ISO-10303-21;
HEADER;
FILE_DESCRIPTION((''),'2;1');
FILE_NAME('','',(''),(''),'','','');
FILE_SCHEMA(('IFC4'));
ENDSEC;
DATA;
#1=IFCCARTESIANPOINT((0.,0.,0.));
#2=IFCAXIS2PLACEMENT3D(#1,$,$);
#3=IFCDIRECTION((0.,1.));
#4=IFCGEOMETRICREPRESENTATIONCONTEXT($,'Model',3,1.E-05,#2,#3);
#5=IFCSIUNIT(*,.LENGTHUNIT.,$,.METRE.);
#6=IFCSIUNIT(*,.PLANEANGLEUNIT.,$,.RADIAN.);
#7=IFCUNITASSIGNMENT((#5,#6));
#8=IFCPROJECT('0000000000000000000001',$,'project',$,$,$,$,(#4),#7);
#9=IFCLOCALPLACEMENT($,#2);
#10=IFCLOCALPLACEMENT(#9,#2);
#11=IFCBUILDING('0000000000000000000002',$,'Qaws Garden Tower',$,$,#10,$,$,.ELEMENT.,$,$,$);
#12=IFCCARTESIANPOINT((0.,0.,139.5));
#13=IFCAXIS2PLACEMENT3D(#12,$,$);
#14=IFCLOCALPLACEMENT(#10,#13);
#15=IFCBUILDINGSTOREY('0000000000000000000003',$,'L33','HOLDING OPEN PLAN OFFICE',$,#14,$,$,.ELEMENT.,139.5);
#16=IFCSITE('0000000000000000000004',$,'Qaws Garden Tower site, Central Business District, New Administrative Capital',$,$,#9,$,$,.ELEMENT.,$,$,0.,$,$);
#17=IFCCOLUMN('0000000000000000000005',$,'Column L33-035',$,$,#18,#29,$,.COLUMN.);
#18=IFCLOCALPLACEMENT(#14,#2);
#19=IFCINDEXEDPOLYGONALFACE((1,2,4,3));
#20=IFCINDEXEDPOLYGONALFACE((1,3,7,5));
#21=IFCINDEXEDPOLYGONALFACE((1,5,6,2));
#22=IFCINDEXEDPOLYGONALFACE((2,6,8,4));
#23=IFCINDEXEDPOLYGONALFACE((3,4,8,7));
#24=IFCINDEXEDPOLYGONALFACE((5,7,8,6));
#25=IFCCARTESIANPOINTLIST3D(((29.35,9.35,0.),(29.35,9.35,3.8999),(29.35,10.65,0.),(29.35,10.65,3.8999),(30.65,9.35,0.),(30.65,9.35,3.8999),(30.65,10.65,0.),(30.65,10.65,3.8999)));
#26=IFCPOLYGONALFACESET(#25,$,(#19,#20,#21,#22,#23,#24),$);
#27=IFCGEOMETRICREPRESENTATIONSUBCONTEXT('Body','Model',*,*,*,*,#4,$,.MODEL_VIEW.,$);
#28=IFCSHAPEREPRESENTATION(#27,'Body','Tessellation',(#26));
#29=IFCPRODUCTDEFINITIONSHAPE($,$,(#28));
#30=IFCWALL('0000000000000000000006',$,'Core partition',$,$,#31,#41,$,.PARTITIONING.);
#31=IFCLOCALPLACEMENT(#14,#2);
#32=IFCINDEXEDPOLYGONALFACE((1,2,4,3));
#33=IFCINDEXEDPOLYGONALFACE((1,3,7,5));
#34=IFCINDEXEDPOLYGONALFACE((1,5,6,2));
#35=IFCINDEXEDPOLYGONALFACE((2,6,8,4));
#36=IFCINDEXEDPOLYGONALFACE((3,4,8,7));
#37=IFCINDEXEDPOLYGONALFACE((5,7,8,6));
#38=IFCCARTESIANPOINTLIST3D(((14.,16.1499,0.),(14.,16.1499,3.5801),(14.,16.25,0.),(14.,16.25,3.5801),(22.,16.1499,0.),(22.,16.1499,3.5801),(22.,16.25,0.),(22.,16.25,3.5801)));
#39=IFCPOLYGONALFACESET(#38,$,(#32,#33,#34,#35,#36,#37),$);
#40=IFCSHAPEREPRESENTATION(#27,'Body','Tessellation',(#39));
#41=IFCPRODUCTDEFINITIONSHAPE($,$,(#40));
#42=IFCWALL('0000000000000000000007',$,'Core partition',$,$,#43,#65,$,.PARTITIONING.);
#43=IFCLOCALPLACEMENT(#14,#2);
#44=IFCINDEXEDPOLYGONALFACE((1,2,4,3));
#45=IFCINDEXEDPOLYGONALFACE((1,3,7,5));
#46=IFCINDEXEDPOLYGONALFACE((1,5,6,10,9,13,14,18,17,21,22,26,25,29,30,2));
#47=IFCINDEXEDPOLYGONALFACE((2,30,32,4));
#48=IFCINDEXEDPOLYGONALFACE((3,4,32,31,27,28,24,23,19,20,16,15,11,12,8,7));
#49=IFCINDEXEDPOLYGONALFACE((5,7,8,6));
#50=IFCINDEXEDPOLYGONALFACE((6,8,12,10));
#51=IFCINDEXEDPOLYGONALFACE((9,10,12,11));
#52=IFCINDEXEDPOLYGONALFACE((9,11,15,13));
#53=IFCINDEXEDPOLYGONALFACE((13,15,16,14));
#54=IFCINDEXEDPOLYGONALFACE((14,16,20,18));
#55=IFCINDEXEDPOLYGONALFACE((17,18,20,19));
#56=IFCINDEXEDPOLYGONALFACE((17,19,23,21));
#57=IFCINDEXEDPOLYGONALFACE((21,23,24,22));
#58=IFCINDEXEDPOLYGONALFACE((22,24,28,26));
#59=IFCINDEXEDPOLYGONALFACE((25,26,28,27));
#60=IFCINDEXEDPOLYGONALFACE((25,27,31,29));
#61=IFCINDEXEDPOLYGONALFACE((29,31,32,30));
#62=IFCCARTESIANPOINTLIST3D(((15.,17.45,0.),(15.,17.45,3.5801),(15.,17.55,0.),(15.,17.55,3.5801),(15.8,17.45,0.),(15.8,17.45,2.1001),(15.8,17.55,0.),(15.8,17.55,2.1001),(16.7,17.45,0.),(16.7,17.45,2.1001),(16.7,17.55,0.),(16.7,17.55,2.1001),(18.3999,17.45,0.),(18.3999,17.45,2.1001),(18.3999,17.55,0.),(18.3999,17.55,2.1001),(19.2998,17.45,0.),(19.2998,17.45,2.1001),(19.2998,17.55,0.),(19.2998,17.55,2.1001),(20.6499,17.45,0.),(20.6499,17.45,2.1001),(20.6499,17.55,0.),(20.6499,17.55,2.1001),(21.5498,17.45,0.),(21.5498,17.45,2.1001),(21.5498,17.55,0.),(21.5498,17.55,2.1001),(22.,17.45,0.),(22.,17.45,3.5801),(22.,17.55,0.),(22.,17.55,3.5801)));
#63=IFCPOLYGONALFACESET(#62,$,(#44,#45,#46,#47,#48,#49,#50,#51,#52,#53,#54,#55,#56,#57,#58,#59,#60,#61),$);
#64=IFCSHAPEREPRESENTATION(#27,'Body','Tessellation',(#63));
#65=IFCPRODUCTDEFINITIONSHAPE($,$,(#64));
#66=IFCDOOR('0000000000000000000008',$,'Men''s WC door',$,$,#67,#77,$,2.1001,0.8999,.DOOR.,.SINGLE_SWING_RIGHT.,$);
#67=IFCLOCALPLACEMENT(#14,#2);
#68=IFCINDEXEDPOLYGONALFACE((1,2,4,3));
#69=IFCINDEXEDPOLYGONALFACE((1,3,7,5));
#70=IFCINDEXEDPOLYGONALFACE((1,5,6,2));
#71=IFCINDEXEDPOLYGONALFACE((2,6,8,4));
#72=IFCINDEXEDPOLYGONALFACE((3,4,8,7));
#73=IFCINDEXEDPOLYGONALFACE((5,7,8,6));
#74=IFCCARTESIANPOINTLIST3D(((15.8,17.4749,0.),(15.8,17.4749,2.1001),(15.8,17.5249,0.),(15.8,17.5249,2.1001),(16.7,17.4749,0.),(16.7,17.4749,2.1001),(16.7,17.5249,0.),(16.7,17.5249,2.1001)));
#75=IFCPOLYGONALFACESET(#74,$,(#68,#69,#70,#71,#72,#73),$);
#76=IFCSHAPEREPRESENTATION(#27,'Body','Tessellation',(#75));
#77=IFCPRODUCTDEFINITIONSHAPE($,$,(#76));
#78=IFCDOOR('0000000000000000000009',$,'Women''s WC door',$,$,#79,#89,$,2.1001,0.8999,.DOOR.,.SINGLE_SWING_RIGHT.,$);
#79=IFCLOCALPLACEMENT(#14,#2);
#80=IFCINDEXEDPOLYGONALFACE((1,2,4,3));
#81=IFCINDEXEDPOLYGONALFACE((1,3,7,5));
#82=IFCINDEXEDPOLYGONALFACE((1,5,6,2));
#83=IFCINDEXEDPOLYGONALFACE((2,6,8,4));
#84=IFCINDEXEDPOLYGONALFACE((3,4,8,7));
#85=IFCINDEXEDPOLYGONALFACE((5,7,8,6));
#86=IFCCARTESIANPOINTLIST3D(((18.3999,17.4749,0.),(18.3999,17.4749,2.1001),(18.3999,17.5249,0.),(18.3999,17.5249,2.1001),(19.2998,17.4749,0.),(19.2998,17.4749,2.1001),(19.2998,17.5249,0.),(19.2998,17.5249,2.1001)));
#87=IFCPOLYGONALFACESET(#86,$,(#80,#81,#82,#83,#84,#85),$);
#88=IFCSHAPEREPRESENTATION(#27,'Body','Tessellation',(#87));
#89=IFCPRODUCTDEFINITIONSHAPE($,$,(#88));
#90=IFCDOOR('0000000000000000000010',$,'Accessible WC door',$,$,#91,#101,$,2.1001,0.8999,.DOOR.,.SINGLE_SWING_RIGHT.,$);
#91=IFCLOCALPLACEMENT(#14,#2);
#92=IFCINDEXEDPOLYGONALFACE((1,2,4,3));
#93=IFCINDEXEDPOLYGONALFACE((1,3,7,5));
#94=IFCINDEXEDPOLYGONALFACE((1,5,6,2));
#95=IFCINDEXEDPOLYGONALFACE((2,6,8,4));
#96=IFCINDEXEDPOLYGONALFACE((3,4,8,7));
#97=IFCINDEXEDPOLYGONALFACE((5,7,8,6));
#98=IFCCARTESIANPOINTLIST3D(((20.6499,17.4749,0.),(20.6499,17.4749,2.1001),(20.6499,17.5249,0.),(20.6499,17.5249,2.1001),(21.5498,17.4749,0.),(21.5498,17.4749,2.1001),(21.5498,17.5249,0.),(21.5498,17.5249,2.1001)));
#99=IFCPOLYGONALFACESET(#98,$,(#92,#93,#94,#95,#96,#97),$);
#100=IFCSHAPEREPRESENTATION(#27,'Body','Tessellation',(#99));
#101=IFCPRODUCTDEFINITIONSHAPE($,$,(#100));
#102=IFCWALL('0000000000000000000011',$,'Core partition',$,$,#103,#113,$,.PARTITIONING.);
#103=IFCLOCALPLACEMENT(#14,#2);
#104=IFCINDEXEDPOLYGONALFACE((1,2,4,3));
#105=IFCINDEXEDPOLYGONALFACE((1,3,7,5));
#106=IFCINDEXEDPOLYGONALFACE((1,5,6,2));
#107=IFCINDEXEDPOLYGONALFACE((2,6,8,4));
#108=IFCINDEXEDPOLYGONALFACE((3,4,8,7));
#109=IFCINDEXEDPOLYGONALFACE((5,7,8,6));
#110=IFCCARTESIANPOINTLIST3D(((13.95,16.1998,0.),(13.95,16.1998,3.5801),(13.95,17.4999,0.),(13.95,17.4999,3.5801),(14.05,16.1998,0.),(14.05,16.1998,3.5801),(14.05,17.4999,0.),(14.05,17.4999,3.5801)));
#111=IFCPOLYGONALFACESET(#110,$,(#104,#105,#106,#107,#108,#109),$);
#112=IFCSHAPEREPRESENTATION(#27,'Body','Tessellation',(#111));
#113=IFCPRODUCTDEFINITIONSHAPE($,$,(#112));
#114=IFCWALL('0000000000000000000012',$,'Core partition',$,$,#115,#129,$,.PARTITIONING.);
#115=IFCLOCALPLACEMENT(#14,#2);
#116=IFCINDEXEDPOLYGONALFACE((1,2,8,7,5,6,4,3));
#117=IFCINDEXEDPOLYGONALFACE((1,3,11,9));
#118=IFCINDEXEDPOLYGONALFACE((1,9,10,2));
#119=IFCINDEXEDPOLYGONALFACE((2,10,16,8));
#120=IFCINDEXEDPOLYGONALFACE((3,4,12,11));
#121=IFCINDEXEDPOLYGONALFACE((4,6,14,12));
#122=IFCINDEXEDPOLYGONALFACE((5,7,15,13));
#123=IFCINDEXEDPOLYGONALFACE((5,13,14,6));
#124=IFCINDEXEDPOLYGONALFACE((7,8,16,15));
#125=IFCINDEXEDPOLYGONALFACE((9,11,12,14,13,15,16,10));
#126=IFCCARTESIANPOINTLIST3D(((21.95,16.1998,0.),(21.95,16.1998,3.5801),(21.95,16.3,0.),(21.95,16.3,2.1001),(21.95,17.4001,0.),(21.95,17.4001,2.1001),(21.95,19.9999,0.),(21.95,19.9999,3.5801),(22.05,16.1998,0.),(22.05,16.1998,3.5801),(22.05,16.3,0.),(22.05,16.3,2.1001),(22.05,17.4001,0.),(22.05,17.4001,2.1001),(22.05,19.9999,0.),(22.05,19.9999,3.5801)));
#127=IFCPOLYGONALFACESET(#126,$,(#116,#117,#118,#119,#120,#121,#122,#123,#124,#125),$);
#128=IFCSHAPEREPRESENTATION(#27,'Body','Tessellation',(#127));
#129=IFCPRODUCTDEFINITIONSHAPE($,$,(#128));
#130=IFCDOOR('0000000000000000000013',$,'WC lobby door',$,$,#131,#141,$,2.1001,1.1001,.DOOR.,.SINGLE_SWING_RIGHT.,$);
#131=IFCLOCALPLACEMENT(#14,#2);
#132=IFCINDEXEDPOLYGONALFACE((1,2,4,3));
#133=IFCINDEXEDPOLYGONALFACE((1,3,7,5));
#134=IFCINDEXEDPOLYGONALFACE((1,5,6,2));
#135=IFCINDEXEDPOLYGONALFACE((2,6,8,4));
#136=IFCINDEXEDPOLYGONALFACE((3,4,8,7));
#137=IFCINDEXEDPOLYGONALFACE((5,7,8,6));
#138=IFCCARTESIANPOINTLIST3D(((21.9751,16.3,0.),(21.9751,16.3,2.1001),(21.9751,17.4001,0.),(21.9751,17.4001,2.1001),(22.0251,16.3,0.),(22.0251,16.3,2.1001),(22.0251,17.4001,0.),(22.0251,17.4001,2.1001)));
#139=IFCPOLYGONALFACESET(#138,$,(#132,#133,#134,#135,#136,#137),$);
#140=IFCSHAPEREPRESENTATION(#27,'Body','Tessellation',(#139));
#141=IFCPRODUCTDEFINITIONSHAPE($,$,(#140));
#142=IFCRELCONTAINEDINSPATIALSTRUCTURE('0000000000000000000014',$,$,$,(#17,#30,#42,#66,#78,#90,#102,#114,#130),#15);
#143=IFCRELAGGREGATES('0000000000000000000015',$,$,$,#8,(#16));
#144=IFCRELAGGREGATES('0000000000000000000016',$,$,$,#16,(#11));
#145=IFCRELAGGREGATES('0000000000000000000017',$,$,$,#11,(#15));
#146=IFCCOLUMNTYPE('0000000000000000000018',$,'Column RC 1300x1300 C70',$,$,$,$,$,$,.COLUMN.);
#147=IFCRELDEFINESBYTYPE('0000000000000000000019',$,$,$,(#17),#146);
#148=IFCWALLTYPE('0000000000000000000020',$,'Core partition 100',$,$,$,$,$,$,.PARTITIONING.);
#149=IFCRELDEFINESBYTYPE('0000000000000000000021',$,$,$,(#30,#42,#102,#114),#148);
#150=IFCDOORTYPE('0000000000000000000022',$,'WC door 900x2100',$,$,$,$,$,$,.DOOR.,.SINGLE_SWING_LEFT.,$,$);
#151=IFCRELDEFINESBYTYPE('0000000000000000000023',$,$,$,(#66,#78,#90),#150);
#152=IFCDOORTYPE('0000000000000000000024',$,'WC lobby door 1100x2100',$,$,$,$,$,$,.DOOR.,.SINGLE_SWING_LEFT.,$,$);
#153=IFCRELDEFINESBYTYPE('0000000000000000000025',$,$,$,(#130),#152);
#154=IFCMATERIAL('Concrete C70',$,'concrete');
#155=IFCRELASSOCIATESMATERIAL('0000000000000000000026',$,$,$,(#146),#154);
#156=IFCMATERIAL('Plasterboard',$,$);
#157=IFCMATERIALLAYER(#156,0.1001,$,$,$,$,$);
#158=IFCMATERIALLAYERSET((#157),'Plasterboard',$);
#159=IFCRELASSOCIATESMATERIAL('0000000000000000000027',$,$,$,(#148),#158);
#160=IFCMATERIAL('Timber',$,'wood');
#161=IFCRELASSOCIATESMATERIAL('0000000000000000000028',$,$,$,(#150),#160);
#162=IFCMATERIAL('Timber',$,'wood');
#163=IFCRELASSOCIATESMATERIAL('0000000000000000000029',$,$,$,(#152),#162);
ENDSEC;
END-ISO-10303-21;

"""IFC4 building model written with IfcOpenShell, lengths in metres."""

from ifc_helpers import new_model, si_unit, direction, frame, frame_2d, origin, origin_2d, place, context, subcontext, project, spatial, rectangle, extrude, material, layer, layer_set, material_profile, profile_set, type_object, element, fill, save


model = new_model("IFC4")

# Units and contexts
model_context = context("Model", 3, precision=1e-05, world=origin(), true_north=direction((0.0, 1.0)))
body_context = subcontext(model_context, "Body", "Model", "MODEL_VIEW")
ifc_project = project(units=[si_unit("LENGTHUNIT", "METRE"), si_unit("PLANEANGLEUNIT", "RADIAN")], contexts=[model_context])

# Site, building, storey
site_placement = place(None, origin())
site = spatial("IfcSite", under=ifc_project, at=site_placement, Name="Qaws Garden Tower site, Central Business District, New Administrative Capital", CompositionType="ELEMENT", RefElevation=0.0)
building_placement = place(site_placement, origin())
building = spatial("IfcBuilding", under=site, at=building_placement, Name="Qaws Garden Tower", CompositionType="ELEMENT")
storey_placement = place(building_placement, frame((0.0, 0.0, 139.5)))
storey = spatial("IfcBuildingStorey", under=building, at=storey_placement, Name="L33", Description="HOLDING OPEN PLAN OFFICE", CompositionType="ELEMENT", Elevation=139.5)

# Column
ifc_material_1 = material(Name="Concrete C70", Category="concrete")
ifc_material_profile = material_profile(ifc_material_1, rectangle(XDim=1.3, YDim=1.3, at=origin_2d()), Name="RC 1300x1300")
ifc_profile_set = profile_set([ifc_material_profile], Name="Concrete C70")
column_type = type_object("IfcColumnType", Name="Column RC 1300x1300 C70", PredefinedType="COLUMN", material=ifc_profile_set)
column_placement = place(storey_placement, frame((30.0, 10.0, 0.0), z_axis=(0.0, 0.0, 1.0), x_axis=(1.0, 0.0, 0.0)))
element("IfcColumn", 1, at=column_placement, inside=storey, type_object=column_type, Name="Column L33-035", PredefinedType="COLUMN", context=body_context, shape_type="SweptSolid", body=[
    extrude(rectangle(XDim=1.3, YDim=1.3, at=origin_2d()), origin(), (0.0, 0.0, 1.0), 3.8999),
])

# Wall
ifc_material_2 = material(Name="Plasterboard")
ifc_layer_1 = layer(ifc_material_2, 0.1001)
ifc_layer_set_1 = layer_set([ifc_layer_1], Name="Plasterboard")
wall_type_1 = type_object("IfcWallType", Name="Core partition 100", PredefinedType="PARTITIONING", material=ifc_layer_set_1)
wall_1_placement = place(storey_placement, frame((14.0, 16.2, 0.0), z_axis=(0.0, 0.0, 1.0), x_axis=(1.0, 0.0, 0.0)))
element("IfcWall", 2, at=wall_1_placement, inside=storey, type_object=wall_type_1, Name="Core partition", PredefinedType="PARTITIONING", context=body_context, shape_type="SweptSolid", body=[
    extrude(rectangle(XDim=8.0, YDim=0.1001, at=frame_2d((4.0, 0.0))), origin(), (0.0, 0.0, 1.0), 3.5801),
])

# Wall, openings, doors
wall_2_placement = place(storey_placement, frame((15.0, 17.5, 0.0), z_axis=(0.0, 0.0, 1.0), x_axis=(1.0, 0.0, 0.0)))
wall_2 = element("IfcWall", 3, at=wall_2_placement, inside=storey, type_object=wall_type_1, Name="Core partition", PredefinedType="PARTITIONING", context=body_context, shape_type="SweptSolid", body=[
    extrude(rectangle(XDim=7.0, YDim=0.1001, at=frame_2d((3.5, 0.0))), origin(), (0.0, 0.0, 1.0), 3.5801),
])
opening_1_placement = place(wall_2_placement, frame((0.8, 0.0, 0.0)))
opening_1 = element("IfcOpeningElement", 4, at=opening_1_placement, cuts=wall_2, PredefinedType="OPENING", context=body_context, shape_type="SweptSolid", body=[
    extrude(rectangle(XDim=0.8999, YDim=2.1001, at=frame_2d((0.45, 1.05))), frame((0.0, 0.0601, 0.0), z_axis=(0.0, -1.0, 0.0), x_axis=(1.0, 0.0, 0.0)), (0.0, 0.0, 1.0), 0.1201),
])
opening_2_placement = place(wall_2_placement, frame((3.3999, 0.0, 0.0)))
opening_2 = element("IfcOpeningElement", 5, at=opening_2_placement, cuts=wall_2, PredefinedType="OPENING", context=body_context, shape_type="SweptSolid", body=[
    extrude(rectangle(XDim=0.8999, YDim=2.1001, at=frame_2d((0.45, 1.05))), frame((0.0, 0.0601, 0.0), z_axis=(0.0, -1.0, 0.0), x_axis=(1.0, 0.0, 0.0)), (0.0, 0.0, 1.0), 0.1201),
])
opening_3_placement = place(wall_2_placement, frame((5.6499, 0.0, 0.0)))
opening_3 = element("IfcOpeningElement", 6, at=opening_3_placement, cuts=wall_2, PredefinedType="OPENING", context=body_context, shape_type="SweptSolid", body=[
    extrude(rectangle(XDim=0.8999, YDim=2.1001, at=frame_2d((0.45, 1.05))), frame((0.0, 0.0601, 0.0), z_axis=(0.0, -1.0, 0.0), x_axis=(1.0, 0.0, 0.0)), (0.0, 0.0, 1.0), 0.1201),
])
ifc_material_3 = material(Name="Timber", Category="wood")
door_type_1 = type_object("IfcDoorType", Name="WC door 900x2100", OperationType="SINGLE_SWING_LEFT", PredefinedType="DOOR", material=ifc_material_3)
door_1_placement = place(opening_1_placement, origin())
door_1 = element("IfcDoor", 7, at=door_1_placement, inside=storey, type_object=door_type_1, Name="Men's WC door", OperationType="SINGLE_SWING_RIGHT", OverallHeight=2.1001, OverallWidth=0.8999, PredefinedType="DOOR", context=body_context, shape_type="SweptSolid", body=[
    extrude(rectangle(XDim=0.8999, YDim=2.1001, at=frame_2d((0.45, 1.05))), frame((0.0, 0.0249, 0.0), z_axis=(0.0, -1.0, 0.0), x_axis=(1.0, 0.0, 0.0)), (0.0, 0.0, 1.0), 0.05),
])
fill(opening_1, door_1)
door_2_placement = place(opening_2_placement, origin())
door_2 = element("IfcDoor", 8, at=door_2_placement, inside=storey, type_object=door_type_1, Name="Women's WC door", OperationType="SINGLE_SWING_RIGHT", OverallHeight=2.1001, OverallWidth=0.8999, PredefinedType="DOOR", context=body_context, shape_type="SweptSolid", body=[
    extrude(rectangle(XDim=0.8999, YDim=2.1001, at=frame_2d((0.45, 1.05))), frame((0.0, 0.0249, 0.0), z_axis=(0.0, -1.0, 0.0), x_axis=(1.0, 0.0, 0.0)), (0.0, 0.0, 1.0), 0.05),
])
fill(opening_2, door_2)
door_3_placement = place(opening_3_placement, origin())
door_3 = element("IfcDoor", 9, at=door_3_placement, inside=storey, type_object=door_type_1, Name="Accessible WC door", OperationType="SINGLE_SWING_RIGHT", OverallHeight=2.1001, OverallWidth=0.8999, PredefinedType="DOOR", context=body_context, shape_type="SweptSolid", body=[
    extrude(rectangle(XDim=0.8999, YDim=2.1001, at=frame_2d((0.45, 1.05))), frame((0.0, 0.0249, 0.0), z_axis=(0.0, -1.0, 0.0), x_axis=(1.0, 0.0, 0.0)), (0.0, 0.0, 1.0), 0.05),
])
fill(opening_3, door_3)

# Wall
wall_3_placement = place(storey_placement, frame((14.0, 16.2, 0.0), z_axis=(0.0, 0.0, 1.0), x_axis=(0.0, 1.0, 0.0)))
element("IfcWall", 10, at=wall_3_placement, inside=storey, type_object=wall_type_1, Name="Core partition", PredefinedType="PARTITIONING", context=body_context, shape_type="SweptSolid", body=[
    extrude(rectangle(XDim=1.3, YDim=0.1001, at=frame_2d((0.6499, 0.0))), origin(), (0.0, 0.0, 1.0), 3.5801),
])

# Wall, opening, door
wall_4_placement = place(storey_placement, frame((22.0, 16.2, 0.0), z_axis=(0.0, 0.0, 1.0), x_axis=(0.0, 1.0, 0.0)))
wall_4 = element("IfcWall", 11, at=wall_4_placement, inside=storey, type_object=wall_type_1, Name="Core partition", PredefinedType="PARTITIONING", context=body_context, shape_type="SweptSolid", body=[
    extrude(rectangle(XDim=3.8, YDim=0.1001, at=frame_2d((1.8999, 0.0))), origin(), (0.0, 0.0, 1.0), 3.5801),
])
opening_4_placement = place(wall_4_placement, frame((0.1001, 0.0, 0.0)))
opening_4 = element("IfcOpeningElement", 12, at=opening_4_placement, cuts=wall_4, PredefinedType="OPENING", context=body_context, shape_type="SweptSolid", body=[
    extrude(rectangle(XDim=1.1001, YDim=2.1001, at=frame_2d((0.55, 1.05))), frame((0.0, 0.0601, 0.0), z_axis=(0.0, -1.0, 0.0), x_axis=(1.0, 0.0, 0.0)), (0.0, 0.0, 1.0), 0.1201),
])
ifc_material_4 = material(Name="Timber", Category="wood")
door_type_2 = type_object("IfcDoorType", Name="WC lobby door 1100x2100", OperationType="SINGLE_SWING_LEFT", PredefinedType="DOOR", material=ifc_material_4)
door_4_placement = place(opening_4_placement, origin())
door_4 = element("IfcDoor", 13, at=door_4_placement, inside=storey, type_object=door_type_2, Name="WC lobby door", OperationType="SINGLE_SWING_RIGHT", OverallHeight=2.1001, OverallWidth=1.1001, PredefinedType="DOOR", context=body_context, shape_type="SweptSolid", body=[
    extrude(rectangle(XDim=1.1001, YDim=2.1001, at=frame_2d((0.55, 1.05))), frame((0.0, 0.0249, 0.0), z_axis=(0.0, -1.0, 0.0), x_axis=(1.0, 0.0, 0.0)), (0.0, 0.0, 1.0), 0.05),
])
fill(opening_4, door_4)

save(model, "model.ifc")
